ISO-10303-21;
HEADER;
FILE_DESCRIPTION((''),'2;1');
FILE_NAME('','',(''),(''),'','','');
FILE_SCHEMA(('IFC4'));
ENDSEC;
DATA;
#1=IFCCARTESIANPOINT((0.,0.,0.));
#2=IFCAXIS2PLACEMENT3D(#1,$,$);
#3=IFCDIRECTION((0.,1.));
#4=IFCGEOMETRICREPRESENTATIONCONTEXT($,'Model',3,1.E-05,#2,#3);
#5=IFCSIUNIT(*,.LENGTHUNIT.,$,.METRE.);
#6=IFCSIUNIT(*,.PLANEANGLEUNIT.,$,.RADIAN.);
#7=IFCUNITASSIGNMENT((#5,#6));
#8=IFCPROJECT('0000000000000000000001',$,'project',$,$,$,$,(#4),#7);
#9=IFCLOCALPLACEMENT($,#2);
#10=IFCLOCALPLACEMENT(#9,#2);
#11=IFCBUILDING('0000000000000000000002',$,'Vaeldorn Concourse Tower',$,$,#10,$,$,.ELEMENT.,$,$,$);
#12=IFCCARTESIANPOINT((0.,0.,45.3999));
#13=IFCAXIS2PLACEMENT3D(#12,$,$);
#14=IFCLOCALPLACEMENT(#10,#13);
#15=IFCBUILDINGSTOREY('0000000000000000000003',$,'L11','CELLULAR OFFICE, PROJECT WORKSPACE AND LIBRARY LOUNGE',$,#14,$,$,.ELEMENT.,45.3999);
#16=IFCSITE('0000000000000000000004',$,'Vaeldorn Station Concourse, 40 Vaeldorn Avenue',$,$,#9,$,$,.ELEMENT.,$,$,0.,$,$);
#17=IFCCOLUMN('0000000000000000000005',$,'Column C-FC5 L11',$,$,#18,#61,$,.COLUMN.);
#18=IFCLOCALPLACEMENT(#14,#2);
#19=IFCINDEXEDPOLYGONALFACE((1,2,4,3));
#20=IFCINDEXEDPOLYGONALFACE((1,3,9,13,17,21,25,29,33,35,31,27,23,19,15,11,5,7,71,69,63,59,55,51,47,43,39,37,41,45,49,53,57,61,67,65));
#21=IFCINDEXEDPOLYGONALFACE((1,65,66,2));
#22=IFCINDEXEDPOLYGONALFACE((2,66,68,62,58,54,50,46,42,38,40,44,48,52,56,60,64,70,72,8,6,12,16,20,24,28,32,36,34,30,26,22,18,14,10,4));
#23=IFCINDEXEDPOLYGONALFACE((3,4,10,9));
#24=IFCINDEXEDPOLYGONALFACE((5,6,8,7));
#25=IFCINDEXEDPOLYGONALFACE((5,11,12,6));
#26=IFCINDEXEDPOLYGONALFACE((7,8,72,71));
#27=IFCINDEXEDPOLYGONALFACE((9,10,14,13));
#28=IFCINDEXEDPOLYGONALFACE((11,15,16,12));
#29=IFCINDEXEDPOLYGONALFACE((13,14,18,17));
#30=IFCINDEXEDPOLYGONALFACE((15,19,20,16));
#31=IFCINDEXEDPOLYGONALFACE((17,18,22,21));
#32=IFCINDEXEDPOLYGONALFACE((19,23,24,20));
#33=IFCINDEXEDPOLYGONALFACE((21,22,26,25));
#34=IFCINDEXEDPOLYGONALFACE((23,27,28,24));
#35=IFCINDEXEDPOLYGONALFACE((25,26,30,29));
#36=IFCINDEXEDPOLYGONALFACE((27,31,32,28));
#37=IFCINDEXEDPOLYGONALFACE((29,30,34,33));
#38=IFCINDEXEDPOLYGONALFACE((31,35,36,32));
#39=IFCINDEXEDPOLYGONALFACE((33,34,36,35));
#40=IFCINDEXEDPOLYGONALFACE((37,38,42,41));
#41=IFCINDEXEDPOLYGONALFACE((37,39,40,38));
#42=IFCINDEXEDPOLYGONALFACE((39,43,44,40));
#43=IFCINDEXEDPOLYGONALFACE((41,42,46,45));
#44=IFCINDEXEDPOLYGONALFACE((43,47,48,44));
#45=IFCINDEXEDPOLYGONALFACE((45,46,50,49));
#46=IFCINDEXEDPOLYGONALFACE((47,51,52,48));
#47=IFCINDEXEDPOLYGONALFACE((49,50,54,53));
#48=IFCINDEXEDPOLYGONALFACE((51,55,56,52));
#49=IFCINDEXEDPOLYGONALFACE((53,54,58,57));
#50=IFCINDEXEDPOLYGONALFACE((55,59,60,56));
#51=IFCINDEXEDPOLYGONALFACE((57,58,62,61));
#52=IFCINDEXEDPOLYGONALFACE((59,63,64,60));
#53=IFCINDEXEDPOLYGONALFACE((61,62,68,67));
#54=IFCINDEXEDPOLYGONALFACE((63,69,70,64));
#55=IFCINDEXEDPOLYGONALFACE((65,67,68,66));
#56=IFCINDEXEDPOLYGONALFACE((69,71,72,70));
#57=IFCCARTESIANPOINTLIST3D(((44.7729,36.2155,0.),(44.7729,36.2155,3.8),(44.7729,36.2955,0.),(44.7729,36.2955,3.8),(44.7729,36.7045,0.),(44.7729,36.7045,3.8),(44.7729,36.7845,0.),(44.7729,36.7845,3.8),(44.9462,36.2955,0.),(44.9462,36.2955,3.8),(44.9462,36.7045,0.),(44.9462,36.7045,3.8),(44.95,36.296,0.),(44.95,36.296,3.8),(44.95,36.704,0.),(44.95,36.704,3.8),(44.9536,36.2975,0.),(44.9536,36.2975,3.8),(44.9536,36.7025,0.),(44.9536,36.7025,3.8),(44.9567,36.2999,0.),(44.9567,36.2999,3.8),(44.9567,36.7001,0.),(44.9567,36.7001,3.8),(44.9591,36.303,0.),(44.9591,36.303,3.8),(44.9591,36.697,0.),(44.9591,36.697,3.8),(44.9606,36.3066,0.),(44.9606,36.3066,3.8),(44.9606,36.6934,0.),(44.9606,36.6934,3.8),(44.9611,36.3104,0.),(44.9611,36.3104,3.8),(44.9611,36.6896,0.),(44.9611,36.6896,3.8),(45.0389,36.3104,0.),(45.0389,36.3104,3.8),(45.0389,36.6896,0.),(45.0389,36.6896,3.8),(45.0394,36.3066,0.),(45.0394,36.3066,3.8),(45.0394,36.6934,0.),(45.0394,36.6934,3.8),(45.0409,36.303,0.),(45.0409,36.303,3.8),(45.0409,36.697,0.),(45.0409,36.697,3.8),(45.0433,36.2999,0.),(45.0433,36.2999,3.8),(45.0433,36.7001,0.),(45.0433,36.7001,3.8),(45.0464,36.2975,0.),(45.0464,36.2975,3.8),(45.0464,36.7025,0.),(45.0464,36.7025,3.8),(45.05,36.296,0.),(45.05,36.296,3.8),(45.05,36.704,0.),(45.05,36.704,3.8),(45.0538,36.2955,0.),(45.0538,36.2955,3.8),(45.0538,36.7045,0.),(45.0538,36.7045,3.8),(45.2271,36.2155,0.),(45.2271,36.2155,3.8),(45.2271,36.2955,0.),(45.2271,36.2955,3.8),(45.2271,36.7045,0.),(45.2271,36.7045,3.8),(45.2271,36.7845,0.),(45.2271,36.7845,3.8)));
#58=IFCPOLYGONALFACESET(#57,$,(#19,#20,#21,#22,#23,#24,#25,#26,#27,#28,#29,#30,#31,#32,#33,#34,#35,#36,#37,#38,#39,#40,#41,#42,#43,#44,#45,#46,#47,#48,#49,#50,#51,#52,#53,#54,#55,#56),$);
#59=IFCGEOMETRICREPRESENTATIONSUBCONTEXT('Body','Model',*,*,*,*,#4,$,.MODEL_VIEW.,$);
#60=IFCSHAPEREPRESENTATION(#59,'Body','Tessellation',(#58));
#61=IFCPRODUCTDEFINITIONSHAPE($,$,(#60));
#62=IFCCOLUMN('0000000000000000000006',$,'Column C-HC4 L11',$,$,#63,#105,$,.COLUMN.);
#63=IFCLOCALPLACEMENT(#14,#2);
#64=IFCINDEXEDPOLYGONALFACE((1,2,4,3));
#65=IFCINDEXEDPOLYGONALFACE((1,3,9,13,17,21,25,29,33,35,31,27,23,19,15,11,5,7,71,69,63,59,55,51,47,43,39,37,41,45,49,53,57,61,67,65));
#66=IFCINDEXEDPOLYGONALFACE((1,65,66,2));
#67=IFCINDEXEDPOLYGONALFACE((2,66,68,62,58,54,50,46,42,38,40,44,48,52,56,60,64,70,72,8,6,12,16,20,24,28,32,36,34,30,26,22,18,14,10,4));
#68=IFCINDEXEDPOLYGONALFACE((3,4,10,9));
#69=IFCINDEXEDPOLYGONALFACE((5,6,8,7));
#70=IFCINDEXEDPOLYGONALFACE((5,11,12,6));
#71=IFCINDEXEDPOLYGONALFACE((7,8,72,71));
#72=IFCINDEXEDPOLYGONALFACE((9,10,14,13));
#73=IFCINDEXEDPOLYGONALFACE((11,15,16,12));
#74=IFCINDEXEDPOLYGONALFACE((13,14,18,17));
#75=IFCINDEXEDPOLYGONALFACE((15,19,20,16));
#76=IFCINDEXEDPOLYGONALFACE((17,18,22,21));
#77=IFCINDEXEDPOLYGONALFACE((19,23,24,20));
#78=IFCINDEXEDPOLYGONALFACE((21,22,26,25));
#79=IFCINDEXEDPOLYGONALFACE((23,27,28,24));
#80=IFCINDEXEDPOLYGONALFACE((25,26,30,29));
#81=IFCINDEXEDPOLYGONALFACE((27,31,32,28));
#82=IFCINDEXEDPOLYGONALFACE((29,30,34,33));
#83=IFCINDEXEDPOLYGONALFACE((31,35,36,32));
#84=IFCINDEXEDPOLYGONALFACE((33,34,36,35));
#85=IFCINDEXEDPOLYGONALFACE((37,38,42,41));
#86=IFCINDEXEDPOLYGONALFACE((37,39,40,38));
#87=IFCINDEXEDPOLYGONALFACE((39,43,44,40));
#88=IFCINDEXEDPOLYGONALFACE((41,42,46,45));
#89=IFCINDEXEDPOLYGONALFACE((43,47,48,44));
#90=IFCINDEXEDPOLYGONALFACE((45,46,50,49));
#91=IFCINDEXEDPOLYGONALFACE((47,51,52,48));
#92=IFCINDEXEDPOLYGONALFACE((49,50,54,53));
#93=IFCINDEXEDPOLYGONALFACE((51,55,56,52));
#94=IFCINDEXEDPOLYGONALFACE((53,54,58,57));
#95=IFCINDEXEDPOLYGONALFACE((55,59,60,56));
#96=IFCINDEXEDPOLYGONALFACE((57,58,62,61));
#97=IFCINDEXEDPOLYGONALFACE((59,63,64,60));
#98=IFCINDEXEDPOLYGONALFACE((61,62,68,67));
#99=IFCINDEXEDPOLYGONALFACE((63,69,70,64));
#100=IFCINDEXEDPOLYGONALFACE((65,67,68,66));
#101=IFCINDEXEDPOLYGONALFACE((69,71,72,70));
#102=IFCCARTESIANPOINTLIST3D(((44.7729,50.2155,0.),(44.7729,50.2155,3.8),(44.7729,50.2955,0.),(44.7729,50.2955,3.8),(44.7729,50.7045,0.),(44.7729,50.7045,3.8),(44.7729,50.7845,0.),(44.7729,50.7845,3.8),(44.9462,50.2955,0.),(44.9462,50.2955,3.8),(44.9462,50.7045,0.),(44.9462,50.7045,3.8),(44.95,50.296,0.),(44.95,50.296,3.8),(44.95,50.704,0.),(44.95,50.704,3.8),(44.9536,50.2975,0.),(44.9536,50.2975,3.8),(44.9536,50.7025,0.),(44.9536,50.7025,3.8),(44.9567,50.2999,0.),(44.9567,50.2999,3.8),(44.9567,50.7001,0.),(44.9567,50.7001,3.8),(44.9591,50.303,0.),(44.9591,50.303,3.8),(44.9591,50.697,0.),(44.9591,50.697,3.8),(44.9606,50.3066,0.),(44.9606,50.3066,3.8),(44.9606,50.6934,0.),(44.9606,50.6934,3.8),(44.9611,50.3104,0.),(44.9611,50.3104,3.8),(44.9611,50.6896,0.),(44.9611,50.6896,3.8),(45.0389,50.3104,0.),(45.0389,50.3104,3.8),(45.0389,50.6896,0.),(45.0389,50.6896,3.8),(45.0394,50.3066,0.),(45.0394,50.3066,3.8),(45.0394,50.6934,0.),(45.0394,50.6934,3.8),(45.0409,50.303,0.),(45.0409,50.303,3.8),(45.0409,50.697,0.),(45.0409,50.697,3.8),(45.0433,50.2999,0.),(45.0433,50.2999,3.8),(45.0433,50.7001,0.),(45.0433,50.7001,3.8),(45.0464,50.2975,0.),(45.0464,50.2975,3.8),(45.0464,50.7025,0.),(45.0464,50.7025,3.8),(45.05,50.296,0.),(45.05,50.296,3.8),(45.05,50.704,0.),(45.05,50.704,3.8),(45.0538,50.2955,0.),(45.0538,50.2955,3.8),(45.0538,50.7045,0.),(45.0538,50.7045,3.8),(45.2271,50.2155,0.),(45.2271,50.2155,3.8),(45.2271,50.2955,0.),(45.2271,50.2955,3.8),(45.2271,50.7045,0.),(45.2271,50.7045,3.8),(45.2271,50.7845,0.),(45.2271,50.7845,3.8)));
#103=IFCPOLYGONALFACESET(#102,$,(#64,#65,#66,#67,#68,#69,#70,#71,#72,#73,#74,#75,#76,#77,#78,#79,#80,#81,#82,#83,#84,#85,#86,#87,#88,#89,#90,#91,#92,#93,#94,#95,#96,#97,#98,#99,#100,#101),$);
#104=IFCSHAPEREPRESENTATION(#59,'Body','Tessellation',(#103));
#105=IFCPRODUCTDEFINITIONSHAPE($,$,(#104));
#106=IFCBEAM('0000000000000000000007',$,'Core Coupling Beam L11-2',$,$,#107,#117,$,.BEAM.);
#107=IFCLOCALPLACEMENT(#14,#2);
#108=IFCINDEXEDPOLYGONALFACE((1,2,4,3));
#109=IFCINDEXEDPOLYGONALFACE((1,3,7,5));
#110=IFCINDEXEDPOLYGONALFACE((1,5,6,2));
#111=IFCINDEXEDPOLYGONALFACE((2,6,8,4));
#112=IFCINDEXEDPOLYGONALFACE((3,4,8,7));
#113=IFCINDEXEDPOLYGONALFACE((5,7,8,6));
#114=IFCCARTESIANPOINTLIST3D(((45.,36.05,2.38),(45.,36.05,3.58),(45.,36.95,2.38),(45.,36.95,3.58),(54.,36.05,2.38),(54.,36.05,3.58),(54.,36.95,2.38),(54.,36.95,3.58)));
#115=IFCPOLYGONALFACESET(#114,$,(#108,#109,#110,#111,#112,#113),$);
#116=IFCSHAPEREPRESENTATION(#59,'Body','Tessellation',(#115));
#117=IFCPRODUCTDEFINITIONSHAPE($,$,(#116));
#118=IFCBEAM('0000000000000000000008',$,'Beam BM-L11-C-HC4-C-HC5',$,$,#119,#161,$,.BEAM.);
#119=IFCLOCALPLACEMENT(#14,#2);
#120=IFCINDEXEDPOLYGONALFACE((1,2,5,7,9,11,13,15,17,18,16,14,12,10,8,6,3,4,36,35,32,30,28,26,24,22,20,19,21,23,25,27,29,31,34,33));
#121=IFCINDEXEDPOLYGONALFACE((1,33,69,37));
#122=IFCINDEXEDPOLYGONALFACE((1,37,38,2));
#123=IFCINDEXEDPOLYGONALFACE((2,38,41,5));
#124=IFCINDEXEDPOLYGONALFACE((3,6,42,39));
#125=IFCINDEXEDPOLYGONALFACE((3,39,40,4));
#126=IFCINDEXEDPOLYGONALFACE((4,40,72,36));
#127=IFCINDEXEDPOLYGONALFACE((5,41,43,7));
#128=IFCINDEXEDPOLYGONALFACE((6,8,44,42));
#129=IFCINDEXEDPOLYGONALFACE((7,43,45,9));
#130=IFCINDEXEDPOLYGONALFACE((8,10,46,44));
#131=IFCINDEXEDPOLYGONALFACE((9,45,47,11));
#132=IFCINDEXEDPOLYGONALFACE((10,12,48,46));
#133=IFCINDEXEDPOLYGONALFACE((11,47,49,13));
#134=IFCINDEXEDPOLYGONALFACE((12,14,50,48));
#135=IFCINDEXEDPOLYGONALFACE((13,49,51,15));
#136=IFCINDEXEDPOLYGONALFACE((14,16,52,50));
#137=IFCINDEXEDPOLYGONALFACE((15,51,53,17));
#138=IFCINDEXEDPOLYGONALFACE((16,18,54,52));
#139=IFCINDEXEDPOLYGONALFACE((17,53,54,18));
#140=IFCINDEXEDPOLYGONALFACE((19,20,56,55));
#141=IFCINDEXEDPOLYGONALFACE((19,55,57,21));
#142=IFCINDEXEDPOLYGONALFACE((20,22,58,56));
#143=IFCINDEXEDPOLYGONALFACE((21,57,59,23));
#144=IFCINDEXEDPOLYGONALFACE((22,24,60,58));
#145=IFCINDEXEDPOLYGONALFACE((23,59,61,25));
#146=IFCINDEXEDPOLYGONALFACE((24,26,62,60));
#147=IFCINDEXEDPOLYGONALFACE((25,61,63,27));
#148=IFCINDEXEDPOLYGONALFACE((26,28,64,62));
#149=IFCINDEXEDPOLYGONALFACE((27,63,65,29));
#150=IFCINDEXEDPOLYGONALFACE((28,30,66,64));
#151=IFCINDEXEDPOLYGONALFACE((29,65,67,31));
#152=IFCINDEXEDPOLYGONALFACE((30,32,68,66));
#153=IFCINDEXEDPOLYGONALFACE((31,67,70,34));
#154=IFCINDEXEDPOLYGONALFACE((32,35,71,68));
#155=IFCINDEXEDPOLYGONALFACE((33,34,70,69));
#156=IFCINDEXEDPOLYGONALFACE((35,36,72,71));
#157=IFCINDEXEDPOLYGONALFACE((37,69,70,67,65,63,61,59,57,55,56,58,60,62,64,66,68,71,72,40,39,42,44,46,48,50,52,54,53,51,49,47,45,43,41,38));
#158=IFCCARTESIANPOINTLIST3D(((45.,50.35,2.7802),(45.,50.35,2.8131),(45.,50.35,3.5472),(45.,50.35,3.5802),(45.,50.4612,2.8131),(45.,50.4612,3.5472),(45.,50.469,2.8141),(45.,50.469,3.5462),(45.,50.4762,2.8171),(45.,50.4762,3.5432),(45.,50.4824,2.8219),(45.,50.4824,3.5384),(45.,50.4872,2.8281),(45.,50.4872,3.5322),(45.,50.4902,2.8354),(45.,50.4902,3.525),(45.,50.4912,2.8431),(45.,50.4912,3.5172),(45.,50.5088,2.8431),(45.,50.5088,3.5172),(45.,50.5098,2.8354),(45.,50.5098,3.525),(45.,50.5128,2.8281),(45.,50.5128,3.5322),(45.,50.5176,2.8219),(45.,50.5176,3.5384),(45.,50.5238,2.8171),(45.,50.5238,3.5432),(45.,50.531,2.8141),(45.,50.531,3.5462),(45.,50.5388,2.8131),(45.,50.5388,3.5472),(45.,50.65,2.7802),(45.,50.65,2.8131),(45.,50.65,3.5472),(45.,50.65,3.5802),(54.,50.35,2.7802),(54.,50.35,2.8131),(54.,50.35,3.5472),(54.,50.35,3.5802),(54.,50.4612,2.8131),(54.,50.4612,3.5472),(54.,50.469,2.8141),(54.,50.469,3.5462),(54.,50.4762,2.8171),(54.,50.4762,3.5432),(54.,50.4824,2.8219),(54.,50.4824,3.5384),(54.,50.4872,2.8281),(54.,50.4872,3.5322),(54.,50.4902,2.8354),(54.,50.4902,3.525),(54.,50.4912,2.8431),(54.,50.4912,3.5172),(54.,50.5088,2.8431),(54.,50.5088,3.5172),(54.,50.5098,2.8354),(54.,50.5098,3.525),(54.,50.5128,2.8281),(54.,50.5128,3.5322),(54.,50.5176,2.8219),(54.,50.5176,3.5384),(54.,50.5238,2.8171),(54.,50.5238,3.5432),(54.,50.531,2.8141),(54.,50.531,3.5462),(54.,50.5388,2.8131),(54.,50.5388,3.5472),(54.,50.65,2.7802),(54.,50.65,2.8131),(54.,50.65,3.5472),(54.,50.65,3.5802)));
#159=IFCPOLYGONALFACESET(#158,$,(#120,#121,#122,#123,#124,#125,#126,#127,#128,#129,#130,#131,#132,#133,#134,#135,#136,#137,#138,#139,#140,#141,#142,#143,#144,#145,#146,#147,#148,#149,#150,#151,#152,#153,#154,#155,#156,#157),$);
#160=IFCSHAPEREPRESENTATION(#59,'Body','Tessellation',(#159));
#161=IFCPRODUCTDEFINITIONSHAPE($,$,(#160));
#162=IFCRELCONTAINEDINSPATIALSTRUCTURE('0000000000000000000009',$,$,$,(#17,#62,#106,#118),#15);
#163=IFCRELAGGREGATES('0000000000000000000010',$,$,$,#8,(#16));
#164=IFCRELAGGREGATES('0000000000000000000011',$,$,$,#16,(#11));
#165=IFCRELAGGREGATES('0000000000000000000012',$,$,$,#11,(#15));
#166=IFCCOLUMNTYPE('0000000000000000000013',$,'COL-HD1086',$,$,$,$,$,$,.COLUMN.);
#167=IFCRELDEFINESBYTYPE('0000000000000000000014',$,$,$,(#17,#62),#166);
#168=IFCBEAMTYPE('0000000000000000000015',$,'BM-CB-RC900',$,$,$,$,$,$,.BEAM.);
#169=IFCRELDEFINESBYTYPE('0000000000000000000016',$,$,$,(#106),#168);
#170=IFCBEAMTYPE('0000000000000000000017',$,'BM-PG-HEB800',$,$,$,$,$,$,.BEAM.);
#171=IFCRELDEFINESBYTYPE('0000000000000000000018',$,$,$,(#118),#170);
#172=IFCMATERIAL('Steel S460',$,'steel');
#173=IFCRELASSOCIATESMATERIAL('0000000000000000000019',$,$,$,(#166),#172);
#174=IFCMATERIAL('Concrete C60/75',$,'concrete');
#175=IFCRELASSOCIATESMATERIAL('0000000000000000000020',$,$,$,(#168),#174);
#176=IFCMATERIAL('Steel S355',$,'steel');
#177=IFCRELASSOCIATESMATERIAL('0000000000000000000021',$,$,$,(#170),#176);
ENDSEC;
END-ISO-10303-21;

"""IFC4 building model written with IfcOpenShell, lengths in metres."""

from ifc_helpers import new_model, si_unit, direction, frame, origin, origin_2d, place, context, subcontext, project, spatial, rectangle, i_section, extrude, source, transform, mapped, material, material_profile, profile_set, type_object, element, save


model = new_model("IFC4")

# Units and contexts
model_context = context("Model", 3, precision=1e-05, world=origin(), true_north=direction((0.0, 1.0)))
body_context = subcontext(model_context, "Body", "Model", "MODEL_VIEW")
ifc_project = project(units=[si_unit("LENGTHUNIT", "METRE"), si_unit("PLANEANGLEUNIT", "RADIAN")], contexts=[model_context])

# Site, building, storey
site_placement = place(None, origin())
site = spatial("IfcSite", under=ifc_project, at=site_placement, Name="Vaeldorn Station Concourse, 40 Vaeldorn Avenue", CompositionType="ELEMENT", RefElevation=0.0)
building_placement = place(site_placement, origin())
building = spatial("IfcBuilding", under=site, at=building_placement, Name="Vaeldorn Concourse Tower", CompositionType="ELEMENT")
storey_placement = place(building_placement, frame((0.0, 0.0, 45.3999)))
storey = spatial("IfcBuildingStorey", under=building, at=storey_placement, Name="L11", Description="CELLULAR OFFICE, PROJECT WORKSPACE AND LIBRARY LOUNGE", CompositionType="ELEMENT", Elevation=45.3999)

# Columns
ifc_material_1 = material(Name="Steel S460", Category="steel")
ifc_material_profile_1 = material_profile(ifc_material_1, i_section(OverallWidth=0.4541, OverallDepth=0.5691, WebThickness=0.0779, FlangeThickness=0.0801, FilletRadius=0.0149, at=origin_2d()), Name="HD 400x1086")
ifc_profile_set_1 = profile_set([ifc_material_profile_1], Name="Steel S460")
column_type = type_object("IfcColumnType", Name="COL-HD1086", PredefinedType="COLUMN", material=ifc_profile_set_1)
shared_shape_1 = source(origin(), body_context, "Body", "SweptSolid", [
    extrude(i_section(OverallWidth=0.4541, OverallDepth=0.5691, WebThickness=0.0779, FlangeThickness=0.0801, FilletRadius=0.0149, at=origin_2d()), origin(), (0.0, 0.0, 1.0), 3.8),
])
for number, where, z_axis, x_axis, name in (
    (1, (45.0, 36.5, 0.0), (0.0, 0.0, 1.0), (1.0, 0.0, 0.0), "Column C-FC5 L11"),
    (2, (45.0, 50.5, 0.0), (0.0, 0.0, 1.0), (1.0, 0.0, 0.0), "Column C-HC4 L11"),
):
    element("IfcColumn", number, at=place(storey_placement, frame(where, z_axis=z_axis, x_axis=x_axis)), inside=storey, type_object=column_type, Name=name, PredefinedType="COLUMN", context=body_context, shape_type="MappedRepresentation", body=[
        mapped(shared_shape_1, transform((0.0, 0.0, 0.0), scale=1.0)),
    ])

# Beams
ifc_material_2 = material(Name="Concrete C60/75", Category="concrete")
ifc_material_profile_2 = material_profile(ifc_material_2, rectangle(XDim=0.8999, YDim=1.2, at=origin_2d()), Name="RC 900x1200")
ifc_profile_set_2 = profile_set([ifc_material_profile_2], Name="Concrete C60/75")
beam_type_1 = type_object("IfcBeamType", Name="BM-CB-RC900", PredefinedType="BEAM", material=ifc_profile_set_2)
shared_shape_2 = source(origin(), body_context, "Body", "SweptSolid", [
    extrude(rectangle(XDim=0.8999, YDim=1.2, at=origin_2d()), origin(), (0.0, 0.0, 1.0), 9.0),
])
beam_1_placement = place(storey_placement, frame((45.0, 36.5, 2.98), z_axis=(1.0, 0.0, 0.0), x_axis=(0.0, 1.0, 0.0)))
element("IfcBeam", 3, at=beam_1_placement, inside=storey, type_object=beam_type_1, Name="Core Coupling Beam L11-2", PredefinedType="BEAM", context=body_context, shape_type="MappedRepresentation", body=[
    mapped(shared_shape_2, transform((0.0, 0.0, 0.0), scale=1.0)),
])
ifc_material_3 = material(Name="Steel S355", Category="steel")
ifc_material_profile_3 = material_profile(ifc_material_3, i_section(OverallWidth=0.3, OverallDepth=0.8, WebThickness=0.0176, FlangeThickness=0.033, FilletRadius=0.03, at=origin_2d()), Name="HEB 800")
ifc_profile_set_3 = profile_set([ifc_material_profile_3], Name="Steel S355")
beam_type_2 = type_object("IfcBeamType", Name="BM-PG-HEB800", PredefinedType="BEAM", material=ifc_profile_set_3)
shared_shape_3 = source(origin(), body_context, "Body", "SweptSolid", [
    extrude(i_section(OverallWidth=0.3, OverallDepth=0.8, WebThickness=0.0176, FlangeThickness=0.033, FilletRadius=0.03, at=origin_2d()), origin(), (0.0, 0.0, 1.0), 9.0),
])
beam_2_placement = place(storey_placement, frame((45.0, 50.5, 3.1802), z_axis=(1.0, 0.0, 0.0), x_axis=(0.0, 1.0, 0.0)))
element("IfcBeam", 4, at=beam_2_placement, inside=storey, type_object=beam_type_2, Name="Beam BM-L11-C-HC4-C-HC5", PredefinedType="BEAM", context=body_context, shape_type="MappedRepresentation", body=[
    mapped(shared_shape_3, transform((0.0, 0.0, 0.0), scale=1.0)),
])

save(model, "model.ifc")
